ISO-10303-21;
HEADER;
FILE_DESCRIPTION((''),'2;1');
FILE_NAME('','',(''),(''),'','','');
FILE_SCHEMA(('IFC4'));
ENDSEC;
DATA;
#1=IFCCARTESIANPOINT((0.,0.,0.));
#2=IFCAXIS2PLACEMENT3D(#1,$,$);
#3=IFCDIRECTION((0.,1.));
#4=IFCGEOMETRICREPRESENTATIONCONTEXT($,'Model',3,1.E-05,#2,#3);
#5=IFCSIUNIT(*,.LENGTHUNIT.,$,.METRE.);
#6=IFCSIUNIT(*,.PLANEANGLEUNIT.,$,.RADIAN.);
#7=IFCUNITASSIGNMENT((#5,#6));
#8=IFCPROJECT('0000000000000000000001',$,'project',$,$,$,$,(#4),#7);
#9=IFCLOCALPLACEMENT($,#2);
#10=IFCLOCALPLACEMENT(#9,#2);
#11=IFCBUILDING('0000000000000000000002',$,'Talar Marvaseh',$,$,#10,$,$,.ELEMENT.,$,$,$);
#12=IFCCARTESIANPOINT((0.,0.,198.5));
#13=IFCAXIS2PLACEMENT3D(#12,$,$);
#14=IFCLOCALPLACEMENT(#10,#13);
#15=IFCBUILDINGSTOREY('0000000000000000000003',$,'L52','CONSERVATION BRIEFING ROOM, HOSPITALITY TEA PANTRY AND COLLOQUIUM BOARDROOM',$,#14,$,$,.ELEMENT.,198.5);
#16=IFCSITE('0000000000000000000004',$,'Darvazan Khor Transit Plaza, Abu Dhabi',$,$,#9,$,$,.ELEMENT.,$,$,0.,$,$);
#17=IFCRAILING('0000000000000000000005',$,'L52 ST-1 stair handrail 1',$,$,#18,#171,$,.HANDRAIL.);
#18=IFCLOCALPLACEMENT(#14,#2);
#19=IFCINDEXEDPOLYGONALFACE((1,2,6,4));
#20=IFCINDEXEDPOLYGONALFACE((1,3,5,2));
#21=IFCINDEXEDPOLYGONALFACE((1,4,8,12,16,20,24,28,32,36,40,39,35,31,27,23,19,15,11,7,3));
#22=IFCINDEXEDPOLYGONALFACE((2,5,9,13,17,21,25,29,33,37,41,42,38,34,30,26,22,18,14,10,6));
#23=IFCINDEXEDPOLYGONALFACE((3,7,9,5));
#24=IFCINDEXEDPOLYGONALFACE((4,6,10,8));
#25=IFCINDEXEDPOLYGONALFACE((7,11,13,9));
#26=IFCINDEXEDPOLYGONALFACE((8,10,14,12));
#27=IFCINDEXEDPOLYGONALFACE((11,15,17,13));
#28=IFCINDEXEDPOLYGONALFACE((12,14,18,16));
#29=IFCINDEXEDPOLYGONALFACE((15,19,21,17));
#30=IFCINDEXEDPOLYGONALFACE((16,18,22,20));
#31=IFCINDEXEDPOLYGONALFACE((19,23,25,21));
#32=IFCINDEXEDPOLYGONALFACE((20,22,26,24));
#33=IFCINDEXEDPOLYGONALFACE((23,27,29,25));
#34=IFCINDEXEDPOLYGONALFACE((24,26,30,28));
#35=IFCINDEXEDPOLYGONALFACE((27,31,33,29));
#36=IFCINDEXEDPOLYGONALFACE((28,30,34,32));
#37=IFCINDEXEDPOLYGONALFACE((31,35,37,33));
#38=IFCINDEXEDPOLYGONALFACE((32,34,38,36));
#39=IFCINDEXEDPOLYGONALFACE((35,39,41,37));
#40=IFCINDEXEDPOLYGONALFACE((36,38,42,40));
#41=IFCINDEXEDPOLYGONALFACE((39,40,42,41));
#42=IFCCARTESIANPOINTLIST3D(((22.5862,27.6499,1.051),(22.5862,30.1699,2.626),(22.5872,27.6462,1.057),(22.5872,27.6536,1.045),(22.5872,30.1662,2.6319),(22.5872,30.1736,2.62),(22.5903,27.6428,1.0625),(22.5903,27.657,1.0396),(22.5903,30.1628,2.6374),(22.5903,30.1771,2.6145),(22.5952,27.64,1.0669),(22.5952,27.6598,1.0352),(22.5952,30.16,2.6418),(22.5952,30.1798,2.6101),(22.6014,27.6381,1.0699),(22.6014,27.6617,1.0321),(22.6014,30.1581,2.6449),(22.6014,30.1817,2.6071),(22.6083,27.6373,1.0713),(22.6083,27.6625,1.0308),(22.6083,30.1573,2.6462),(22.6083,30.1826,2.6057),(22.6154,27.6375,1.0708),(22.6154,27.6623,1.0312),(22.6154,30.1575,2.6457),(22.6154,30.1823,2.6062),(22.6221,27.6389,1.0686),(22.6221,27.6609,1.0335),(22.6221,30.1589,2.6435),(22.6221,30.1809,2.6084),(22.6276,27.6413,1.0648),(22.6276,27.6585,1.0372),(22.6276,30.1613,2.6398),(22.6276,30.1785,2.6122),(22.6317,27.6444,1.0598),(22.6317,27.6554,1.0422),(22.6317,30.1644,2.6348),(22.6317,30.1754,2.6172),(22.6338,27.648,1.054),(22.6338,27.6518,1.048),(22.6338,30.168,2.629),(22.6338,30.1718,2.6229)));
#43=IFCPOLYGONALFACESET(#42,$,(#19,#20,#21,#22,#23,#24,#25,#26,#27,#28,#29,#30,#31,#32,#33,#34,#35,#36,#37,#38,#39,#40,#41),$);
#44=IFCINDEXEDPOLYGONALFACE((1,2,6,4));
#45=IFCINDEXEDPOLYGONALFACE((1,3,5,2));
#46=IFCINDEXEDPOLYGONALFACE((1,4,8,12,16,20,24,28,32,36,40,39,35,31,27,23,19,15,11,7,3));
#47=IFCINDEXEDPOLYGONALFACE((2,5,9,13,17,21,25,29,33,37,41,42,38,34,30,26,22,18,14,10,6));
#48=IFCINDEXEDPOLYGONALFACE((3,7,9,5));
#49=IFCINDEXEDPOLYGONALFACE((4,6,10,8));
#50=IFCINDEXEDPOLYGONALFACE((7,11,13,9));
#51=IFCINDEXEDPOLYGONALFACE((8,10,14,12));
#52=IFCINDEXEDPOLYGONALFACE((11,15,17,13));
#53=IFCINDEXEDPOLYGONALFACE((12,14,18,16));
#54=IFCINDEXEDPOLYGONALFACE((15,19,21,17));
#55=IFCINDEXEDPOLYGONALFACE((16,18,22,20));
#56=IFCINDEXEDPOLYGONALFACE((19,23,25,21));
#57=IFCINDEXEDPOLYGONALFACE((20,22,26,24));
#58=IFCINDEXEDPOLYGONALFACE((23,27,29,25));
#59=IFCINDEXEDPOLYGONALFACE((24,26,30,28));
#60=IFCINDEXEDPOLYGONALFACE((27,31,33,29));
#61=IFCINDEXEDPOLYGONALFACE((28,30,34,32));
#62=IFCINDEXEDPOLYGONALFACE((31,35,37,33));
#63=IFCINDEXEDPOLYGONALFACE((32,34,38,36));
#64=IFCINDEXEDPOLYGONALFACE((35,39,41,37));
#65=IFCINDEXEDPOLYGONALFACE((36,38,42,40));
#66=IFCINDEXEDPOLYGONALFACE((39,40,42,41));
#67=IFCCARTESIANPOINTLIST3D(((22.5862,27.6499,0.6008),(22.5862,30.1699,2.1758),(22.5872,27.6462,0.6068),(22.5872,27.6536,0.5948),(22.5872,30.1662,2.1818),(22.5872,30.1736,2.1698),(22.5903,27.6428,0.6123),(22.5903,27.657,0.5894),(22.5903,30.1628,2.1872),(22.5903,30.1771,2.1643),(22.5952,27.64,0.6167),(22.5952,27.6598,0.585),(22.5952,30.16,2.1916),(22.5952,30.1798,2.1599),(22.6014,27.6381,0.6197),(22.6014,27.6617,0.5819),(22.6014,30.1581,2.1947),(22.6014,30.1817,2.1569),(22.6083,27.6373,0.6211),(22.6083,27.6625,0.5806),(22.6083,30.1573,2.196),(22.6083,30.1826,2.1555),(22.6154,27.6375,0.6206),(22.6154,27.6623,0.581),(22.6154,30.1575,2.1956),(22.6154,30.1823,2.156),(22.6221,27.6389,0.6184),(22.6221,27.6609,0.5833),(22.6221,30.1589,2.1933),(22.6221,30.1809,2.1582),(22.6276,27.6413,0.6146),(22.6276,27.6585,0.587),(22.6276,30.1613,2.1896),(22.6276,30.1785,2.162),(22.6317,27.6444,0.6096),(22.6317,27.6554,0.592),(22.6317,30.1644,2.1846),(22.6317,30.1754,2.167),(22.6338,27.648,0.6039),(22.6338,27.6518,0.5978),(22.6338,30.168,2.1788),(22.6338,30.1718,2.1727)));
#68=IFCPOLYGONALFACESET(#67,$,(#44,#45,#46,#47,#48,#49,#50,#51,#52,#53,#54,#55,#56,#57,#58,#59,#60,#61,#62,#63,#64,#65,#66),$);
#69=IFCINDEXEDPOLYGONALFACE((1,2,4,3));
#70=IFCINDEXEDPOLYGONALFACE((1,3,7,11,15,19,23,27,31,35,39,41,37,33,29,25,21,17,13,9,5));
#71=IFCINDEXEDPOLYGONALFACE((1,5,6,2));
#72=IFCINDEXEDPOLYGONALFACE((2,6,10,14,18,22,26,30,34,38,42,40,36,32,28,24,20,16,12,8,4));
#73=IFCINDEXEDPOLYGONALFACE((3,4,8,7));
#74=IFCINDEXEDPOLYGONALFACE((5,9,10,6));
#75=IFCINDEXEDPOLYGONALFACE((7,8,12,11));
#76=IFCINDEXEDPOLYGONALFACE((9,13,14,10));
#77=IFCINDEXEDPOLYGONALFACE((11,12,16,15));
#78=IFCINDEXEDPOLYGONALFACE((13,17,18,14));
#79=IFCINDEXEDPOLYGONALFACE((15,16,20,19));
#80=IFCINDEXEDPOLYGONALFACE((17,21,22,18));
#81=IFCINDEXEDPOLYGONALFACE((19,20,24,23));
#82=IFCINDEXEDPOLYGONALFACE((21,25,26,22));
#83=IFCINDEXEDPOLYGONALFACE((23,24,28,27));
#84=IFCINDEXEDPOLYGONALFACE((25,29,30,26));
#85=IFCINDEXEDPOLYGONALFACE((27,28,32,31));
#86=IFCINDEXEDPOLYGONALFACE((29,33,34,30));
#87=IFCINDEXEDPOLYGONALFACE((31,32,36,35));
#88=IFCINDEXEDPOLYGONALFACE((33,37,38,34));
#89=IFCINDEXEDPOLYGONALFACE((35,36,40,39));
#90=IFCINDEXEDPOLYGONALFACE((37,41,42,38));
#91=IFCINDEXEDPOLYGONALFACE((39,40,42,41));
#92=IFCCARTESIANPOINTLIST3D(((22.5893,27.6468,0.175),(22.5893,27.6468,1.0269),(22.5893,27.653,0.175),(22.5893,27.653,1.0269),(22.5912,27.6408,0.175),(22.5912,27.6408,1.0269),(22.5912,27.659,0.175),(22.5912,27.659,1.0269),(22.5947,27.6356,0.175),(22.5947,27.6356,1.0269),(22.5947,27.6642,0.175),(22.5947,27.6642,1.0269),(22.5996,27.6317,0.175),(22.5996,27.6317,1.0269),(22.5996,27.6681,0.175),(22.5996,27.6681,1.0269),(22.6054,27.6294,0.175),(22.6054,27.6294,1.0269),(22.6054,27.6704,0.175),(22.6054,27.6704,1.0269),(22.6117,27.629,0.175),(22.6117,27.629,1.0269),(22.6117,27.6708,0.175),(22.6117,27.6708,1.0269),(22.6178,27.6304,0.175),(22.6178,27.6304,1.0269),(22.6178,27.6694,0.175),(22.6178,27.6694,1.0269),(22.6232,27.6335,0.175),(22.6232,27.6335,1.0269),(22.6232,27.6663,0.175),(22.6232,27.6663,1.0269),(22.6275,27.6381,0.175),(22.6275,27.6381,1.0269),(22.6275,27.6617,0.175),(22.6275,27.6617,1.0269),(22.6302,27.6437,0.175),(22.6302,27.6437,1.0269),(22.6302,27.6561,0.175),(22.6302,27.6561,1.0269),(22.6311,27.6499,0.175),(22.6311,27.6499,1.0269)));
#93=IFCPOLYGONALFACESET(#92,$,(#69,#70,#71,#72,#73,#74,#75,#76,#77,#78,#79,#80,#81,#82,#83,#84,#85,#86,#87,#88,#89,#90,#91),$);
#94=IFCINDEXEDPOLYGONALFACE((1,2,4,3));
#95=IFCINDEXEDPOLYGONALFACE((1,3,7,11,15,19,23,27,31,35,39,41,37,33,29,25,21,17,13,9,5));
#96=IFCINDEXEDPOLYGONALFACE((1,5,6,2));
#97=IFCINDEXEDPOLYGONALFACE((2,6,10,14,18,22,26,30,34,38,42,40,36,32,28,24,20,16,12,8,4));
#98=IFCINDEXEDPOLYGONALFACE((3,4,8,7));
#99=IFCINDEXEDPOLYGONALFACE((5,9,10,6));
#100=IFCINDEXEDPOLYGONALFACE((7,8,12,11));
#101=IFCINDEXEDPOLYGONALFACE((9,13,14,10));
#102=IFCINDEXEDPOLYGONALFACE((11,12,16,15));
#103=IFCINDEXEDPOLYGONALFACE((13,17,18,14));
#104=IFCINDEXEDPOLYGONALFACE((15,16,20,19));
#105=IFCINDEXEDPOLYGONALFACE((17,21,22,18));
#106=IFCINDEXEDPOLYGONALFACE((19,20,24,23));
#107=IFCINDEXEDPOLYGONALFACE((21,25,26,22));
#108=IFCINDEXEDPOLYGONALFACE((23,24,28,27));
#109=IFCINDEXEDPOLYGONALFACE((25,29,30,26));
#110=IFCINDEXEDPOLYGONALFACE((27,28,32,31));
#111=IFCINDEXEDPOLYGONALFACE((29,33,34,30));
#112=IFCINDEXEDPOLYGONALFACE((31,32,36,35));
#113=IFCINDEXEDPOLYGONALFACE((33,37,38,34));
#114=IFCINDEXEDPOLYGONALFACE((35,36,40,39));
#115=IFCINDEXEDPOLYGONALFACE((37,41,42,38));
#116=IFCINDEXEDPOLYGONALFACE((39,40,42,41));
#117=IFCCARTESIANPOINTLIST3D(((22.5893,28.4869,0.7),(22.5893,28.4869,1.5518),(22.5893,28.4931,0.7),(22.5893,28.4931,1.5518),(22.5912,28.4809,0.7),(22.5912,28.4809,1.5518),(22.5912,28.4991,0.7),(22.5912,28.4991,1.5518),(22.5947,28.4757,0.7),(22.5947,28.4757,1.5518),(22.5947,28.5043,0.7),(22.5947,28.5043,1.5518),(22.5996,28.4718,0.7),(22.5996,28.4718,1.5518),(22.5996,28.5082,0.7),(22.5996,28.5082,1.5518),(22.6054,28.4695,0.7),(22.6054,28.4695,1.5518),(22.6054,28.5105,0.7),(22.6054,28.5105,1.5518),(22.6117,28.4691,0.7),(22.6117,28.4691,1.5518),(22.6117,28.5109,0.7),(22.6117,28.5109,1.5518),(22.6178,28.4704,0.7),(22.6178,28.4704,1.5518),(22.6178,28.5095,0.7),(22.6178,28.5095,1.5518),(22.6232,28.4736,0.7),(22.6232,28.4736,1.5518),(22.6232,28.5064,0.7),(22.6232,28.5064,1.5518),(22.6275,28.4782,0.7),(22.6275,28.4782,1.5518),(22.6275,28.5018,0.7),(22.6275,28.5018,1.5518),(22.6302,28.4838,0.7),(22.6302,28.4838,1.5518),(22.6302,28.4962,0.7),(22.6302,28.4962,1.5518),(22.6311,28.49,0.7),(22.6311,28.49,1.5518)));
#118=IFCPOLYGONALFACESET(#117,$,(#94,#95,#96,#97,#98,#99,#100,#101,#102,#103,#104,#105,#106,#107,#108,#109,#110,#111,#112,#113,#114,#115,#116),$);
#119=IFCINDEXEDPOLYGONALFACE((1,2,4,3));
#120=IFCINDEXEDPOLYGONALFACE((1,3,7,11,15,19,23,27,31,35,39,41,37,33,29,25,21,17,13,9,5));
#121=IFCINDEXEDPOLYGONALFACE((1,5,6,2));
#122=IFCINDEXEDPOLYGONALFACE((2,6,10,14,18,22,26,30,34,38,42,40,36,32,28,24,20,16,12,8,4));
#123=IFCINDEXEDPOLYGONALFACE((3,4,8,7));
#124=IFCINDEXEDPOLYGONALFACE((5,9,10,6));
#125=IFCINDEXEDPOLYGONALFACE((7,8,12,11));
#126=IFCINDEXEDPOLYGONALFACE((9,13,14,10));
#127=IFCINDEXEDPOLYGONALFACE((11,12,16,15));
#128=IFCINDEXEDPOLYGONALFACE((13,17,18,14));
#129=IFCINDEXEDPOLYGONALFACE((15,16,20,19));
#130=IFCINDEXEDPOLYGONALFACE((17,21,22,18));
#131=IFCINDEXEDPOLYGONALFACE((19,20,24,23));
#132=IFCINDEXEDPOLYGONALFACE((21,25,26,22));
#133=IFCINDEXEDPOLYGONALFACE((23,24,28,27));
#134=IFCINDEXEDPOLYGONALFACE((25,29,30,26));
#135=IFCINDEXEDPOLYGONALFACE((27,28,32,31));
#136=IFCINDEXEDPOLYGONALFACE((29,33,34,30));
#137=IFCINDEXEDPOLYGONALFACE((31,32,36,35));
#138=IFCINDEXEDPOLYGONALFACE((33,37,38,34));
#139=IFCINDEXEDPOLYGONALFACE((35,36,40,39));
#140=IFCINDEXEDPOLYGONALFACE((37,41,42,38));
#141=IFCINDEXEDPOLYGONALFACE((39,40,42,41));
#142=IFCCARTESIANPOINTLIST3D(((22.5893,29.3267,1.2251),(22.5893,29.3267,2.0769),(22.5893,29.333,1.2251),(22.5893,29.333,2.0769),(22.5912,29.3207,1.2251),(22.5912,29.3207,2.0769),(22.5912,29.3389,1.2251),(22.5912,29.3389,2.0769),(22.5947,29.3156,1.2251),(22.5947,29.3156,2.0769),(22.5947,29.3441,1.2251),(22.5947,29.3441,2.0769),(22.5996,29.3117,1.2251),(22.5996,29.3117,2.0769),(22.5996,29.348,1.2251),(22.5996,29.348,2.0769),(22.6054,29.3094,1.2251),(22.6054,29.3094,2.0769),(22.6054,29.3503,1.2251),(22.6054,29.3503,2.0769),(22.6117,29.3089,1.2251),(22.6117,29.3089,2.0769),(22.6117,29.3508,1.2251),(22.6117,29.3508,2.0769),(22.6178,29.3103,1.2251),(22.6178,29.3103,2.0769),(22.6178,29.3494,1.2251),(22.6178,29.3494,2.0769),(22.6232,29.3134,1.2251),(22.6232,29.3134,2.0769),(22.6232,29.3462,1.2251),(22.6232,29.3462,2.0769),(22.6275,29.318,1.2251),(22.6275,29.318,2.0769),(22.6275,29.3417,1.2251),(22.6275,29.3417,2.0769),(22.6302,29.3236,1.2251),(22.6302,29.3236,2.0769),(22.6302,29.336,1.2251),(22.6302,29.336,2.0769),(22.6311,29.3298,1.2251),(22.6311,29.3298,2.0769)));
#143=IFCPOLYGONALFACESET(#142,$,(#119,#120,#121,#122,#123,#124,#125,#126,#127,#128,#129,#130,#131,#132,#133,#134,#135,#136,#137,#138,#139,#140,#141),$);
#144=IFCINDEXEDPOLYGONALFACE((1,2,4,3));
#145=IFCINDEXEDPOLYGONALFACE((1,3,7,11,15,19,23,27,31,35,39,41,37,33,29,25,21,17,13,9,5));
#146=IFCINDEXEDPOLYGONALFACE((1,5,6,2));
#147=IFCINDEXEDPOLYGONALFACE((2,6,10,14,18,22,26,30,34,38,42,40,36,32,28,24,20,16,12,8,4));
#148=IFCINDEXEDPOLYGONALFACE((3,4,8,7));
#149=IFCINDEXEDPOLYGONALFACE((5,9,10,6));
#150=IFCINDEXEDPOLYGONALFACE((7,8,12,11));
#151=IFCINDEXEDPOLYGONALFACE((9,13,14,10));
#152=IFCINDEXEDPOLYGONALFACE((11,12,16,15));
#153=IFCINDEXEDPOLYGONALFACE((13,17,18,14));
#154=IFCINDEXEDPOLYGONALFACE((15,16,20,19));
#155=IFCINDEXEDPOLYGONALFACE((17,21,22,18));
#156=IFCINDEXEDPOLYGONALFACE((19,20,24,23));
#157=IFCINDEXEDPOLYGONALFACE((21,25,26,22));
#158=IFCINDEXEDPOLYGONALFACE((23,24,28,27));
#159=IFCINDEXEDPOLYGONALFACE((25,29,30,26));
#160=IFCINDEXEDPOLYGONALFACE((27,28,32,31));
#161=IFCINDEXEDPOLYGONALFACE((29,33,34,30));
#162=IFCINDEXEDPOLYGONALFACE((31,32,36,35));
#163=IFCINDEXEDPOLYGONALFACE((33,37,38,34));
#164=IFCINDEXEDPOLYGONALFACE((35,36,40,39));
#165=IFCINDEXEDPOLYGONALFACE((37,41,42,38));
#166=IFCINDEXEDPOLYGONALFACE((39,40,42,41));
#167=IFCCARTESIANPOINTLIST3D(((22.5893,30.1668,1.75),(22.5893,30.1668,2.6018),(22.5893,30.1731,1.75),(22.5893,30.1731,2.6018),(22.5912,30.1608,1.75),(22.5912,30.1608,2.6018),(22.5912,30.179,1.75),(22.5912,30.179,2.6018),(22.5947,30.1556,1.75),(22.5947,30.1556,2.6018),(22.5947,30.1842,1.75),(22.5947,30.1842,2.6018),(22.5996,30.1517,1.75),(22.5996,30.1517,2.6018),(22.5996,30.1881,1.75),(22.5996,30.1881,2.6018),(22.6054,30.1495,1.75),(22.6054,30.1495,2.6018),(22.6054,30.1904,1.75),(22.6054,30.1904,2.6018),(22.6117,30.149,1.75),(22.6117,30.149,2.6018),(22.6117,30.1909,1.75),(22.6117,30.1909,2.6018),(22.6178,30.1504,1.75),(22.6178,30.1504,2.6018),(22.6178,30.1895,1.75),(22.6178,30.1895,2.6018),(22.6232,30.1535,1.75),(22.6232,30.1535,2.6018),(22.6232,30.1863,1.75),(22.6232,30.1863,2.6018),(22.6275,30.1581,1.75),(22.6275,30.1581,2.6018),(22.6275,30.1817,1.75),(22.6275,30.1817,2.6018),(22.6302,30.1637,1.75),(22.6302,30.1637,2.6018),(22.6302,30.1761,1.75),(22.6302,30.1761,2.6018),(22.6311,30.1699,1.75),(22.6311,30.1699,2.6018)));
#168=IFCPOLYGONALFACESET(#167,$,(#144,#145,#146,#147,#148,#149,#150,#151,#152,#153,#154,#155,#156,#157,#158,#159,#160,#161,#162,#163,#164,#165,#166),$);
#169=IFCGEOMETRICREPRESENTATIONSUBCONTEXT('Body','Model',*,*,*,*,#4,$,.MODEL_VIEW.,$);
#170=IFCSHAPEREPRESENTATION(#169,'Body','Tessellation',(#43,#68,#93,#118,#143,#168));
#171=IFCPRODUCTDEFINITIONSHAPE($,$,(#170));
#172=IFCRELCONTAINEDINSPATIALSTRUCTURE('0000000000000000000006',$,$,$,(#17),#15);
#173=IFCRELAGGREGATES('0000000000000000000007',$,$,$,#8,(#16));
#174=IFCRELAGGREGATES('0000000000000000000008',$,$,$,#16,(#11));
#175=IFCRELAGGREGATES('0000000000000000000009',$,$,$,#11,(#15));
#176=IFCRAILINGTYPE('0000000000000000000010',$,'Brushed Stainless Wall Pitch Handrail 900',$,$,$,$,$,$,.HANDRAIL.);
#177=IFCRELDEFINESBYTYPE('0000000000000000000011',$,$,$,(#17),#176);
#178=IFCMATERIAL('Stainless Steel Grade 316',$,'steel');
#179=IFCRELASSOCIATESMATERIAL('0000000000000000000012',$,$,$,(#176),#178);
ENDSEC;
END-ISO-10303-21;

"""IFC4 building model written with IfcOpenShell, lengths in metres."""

from ifc_helpers import new_model, si_unit, direction, frame, origin, origin_2d, place, context, subcontext, project, spatial, circle, extrude, material, type_object, element, save


model = new_model("IFC4")

# Units and contexts
model_context = context("Model", 3, precision=1e-05, world=origin(), true_north=direction((0.0, 1.0)))
body_context = subcontext(model_context, "Body", "Model", "MODEL_VIEW")
ifc_project = project(units=[si_unit("LENGTHUNIT", "METRE"), si_unit("PLANEANGLEUNIT", "RADIAN")], contexts=[model_context])

# Site, building, storey
site_placement = place(None, origin())
site = spatial("IfcSite", under=ifc_project, at=site_placement, Name="Darvazan Khor Transit Plaza, Abu Dhabi", CompositionType="ELEMENT", RefElevation=0.0)
building_placement = place(site_placement, origin())
building = spatial("IfcBuilding", under=site, at=building_placement, Name="Talar Marvaseh", CompositionType="ELEMENT")
storey_placement = place(building_placement, frame((0.0, 0.0, 198.5)))
storey = spatial("IfcBuildingStorey", under=building, at=storey_placement, Name="L52", Description="CONSERVATION BRIEFING ROOM, HOSPITALITY TEA PANTRY AND COLLOQUIUM BOARDROOM", CompositionType="ELEMENT", Elevation=198.5)

# Shared definitions
ifc_material_1 = material(Name="Stainless Steel Grade 316", Category="steel")

# Railing
railing_type_1 = type_object("IfcRailingType", Name="Brushed Stainless Wall Pitch Handrail 900", PredefinedType="HANDRAIL", material=ifc_material_1)
railing_1_placement = place(storey_placement, frame((22.6101, 27.6499, 0.175)))
element("IfcRailing", 1, at=railing_1_placement, inside=storey, type_object=railing_type_1, Name="L52 ST-1 stair handrail 1", PredefinedType="HANDRAIL", context=body_context, shape_type="SweptSolid", body=[
    extrude(circle(Radius=0.0239, at=origin_2d()), frame((0.0, 0.0, 0.876), z_axis=(0.0, 0.848008, 0.529984), x_axis=(-1.0, 0.0, 0.0)), (0.0, 0.0, 1.0), 2.9717),
    extrude(circle(Radius=0.0239, at=origin_2d()), frame((0.0, 0.0, 0.4258), z_axis=(0.0, 0.848008, 0.529984), x_axis=(-1.0, 0.0, 0.0)), (0.0, 0.0, 1.0), 2.9717),
    extrude(circle(Radius=0.021, at=origin_2d()), origin(), (0.0, 0.0, 1.0), 0.8518),
    extrude(circle(Radius=0.021, at=origin_2d()), frame((0.0, 0.8401, 0.5249)), (0.0, 0.0, 1.0), 0.8518),
    extrude(circle(Radius=0.021, at=origin_2d()), frame((0.0, 1.6799, 1.05)), (0.0, 0.0, 1.0), 0.8518),
    extrude(circle(Radius=0.021, at=origin_2d()), frame((0.0, 2.52, 1.575)), (0.0, 0.0, 1.0), 0.8518),
])

save(model, "model.ifc")
